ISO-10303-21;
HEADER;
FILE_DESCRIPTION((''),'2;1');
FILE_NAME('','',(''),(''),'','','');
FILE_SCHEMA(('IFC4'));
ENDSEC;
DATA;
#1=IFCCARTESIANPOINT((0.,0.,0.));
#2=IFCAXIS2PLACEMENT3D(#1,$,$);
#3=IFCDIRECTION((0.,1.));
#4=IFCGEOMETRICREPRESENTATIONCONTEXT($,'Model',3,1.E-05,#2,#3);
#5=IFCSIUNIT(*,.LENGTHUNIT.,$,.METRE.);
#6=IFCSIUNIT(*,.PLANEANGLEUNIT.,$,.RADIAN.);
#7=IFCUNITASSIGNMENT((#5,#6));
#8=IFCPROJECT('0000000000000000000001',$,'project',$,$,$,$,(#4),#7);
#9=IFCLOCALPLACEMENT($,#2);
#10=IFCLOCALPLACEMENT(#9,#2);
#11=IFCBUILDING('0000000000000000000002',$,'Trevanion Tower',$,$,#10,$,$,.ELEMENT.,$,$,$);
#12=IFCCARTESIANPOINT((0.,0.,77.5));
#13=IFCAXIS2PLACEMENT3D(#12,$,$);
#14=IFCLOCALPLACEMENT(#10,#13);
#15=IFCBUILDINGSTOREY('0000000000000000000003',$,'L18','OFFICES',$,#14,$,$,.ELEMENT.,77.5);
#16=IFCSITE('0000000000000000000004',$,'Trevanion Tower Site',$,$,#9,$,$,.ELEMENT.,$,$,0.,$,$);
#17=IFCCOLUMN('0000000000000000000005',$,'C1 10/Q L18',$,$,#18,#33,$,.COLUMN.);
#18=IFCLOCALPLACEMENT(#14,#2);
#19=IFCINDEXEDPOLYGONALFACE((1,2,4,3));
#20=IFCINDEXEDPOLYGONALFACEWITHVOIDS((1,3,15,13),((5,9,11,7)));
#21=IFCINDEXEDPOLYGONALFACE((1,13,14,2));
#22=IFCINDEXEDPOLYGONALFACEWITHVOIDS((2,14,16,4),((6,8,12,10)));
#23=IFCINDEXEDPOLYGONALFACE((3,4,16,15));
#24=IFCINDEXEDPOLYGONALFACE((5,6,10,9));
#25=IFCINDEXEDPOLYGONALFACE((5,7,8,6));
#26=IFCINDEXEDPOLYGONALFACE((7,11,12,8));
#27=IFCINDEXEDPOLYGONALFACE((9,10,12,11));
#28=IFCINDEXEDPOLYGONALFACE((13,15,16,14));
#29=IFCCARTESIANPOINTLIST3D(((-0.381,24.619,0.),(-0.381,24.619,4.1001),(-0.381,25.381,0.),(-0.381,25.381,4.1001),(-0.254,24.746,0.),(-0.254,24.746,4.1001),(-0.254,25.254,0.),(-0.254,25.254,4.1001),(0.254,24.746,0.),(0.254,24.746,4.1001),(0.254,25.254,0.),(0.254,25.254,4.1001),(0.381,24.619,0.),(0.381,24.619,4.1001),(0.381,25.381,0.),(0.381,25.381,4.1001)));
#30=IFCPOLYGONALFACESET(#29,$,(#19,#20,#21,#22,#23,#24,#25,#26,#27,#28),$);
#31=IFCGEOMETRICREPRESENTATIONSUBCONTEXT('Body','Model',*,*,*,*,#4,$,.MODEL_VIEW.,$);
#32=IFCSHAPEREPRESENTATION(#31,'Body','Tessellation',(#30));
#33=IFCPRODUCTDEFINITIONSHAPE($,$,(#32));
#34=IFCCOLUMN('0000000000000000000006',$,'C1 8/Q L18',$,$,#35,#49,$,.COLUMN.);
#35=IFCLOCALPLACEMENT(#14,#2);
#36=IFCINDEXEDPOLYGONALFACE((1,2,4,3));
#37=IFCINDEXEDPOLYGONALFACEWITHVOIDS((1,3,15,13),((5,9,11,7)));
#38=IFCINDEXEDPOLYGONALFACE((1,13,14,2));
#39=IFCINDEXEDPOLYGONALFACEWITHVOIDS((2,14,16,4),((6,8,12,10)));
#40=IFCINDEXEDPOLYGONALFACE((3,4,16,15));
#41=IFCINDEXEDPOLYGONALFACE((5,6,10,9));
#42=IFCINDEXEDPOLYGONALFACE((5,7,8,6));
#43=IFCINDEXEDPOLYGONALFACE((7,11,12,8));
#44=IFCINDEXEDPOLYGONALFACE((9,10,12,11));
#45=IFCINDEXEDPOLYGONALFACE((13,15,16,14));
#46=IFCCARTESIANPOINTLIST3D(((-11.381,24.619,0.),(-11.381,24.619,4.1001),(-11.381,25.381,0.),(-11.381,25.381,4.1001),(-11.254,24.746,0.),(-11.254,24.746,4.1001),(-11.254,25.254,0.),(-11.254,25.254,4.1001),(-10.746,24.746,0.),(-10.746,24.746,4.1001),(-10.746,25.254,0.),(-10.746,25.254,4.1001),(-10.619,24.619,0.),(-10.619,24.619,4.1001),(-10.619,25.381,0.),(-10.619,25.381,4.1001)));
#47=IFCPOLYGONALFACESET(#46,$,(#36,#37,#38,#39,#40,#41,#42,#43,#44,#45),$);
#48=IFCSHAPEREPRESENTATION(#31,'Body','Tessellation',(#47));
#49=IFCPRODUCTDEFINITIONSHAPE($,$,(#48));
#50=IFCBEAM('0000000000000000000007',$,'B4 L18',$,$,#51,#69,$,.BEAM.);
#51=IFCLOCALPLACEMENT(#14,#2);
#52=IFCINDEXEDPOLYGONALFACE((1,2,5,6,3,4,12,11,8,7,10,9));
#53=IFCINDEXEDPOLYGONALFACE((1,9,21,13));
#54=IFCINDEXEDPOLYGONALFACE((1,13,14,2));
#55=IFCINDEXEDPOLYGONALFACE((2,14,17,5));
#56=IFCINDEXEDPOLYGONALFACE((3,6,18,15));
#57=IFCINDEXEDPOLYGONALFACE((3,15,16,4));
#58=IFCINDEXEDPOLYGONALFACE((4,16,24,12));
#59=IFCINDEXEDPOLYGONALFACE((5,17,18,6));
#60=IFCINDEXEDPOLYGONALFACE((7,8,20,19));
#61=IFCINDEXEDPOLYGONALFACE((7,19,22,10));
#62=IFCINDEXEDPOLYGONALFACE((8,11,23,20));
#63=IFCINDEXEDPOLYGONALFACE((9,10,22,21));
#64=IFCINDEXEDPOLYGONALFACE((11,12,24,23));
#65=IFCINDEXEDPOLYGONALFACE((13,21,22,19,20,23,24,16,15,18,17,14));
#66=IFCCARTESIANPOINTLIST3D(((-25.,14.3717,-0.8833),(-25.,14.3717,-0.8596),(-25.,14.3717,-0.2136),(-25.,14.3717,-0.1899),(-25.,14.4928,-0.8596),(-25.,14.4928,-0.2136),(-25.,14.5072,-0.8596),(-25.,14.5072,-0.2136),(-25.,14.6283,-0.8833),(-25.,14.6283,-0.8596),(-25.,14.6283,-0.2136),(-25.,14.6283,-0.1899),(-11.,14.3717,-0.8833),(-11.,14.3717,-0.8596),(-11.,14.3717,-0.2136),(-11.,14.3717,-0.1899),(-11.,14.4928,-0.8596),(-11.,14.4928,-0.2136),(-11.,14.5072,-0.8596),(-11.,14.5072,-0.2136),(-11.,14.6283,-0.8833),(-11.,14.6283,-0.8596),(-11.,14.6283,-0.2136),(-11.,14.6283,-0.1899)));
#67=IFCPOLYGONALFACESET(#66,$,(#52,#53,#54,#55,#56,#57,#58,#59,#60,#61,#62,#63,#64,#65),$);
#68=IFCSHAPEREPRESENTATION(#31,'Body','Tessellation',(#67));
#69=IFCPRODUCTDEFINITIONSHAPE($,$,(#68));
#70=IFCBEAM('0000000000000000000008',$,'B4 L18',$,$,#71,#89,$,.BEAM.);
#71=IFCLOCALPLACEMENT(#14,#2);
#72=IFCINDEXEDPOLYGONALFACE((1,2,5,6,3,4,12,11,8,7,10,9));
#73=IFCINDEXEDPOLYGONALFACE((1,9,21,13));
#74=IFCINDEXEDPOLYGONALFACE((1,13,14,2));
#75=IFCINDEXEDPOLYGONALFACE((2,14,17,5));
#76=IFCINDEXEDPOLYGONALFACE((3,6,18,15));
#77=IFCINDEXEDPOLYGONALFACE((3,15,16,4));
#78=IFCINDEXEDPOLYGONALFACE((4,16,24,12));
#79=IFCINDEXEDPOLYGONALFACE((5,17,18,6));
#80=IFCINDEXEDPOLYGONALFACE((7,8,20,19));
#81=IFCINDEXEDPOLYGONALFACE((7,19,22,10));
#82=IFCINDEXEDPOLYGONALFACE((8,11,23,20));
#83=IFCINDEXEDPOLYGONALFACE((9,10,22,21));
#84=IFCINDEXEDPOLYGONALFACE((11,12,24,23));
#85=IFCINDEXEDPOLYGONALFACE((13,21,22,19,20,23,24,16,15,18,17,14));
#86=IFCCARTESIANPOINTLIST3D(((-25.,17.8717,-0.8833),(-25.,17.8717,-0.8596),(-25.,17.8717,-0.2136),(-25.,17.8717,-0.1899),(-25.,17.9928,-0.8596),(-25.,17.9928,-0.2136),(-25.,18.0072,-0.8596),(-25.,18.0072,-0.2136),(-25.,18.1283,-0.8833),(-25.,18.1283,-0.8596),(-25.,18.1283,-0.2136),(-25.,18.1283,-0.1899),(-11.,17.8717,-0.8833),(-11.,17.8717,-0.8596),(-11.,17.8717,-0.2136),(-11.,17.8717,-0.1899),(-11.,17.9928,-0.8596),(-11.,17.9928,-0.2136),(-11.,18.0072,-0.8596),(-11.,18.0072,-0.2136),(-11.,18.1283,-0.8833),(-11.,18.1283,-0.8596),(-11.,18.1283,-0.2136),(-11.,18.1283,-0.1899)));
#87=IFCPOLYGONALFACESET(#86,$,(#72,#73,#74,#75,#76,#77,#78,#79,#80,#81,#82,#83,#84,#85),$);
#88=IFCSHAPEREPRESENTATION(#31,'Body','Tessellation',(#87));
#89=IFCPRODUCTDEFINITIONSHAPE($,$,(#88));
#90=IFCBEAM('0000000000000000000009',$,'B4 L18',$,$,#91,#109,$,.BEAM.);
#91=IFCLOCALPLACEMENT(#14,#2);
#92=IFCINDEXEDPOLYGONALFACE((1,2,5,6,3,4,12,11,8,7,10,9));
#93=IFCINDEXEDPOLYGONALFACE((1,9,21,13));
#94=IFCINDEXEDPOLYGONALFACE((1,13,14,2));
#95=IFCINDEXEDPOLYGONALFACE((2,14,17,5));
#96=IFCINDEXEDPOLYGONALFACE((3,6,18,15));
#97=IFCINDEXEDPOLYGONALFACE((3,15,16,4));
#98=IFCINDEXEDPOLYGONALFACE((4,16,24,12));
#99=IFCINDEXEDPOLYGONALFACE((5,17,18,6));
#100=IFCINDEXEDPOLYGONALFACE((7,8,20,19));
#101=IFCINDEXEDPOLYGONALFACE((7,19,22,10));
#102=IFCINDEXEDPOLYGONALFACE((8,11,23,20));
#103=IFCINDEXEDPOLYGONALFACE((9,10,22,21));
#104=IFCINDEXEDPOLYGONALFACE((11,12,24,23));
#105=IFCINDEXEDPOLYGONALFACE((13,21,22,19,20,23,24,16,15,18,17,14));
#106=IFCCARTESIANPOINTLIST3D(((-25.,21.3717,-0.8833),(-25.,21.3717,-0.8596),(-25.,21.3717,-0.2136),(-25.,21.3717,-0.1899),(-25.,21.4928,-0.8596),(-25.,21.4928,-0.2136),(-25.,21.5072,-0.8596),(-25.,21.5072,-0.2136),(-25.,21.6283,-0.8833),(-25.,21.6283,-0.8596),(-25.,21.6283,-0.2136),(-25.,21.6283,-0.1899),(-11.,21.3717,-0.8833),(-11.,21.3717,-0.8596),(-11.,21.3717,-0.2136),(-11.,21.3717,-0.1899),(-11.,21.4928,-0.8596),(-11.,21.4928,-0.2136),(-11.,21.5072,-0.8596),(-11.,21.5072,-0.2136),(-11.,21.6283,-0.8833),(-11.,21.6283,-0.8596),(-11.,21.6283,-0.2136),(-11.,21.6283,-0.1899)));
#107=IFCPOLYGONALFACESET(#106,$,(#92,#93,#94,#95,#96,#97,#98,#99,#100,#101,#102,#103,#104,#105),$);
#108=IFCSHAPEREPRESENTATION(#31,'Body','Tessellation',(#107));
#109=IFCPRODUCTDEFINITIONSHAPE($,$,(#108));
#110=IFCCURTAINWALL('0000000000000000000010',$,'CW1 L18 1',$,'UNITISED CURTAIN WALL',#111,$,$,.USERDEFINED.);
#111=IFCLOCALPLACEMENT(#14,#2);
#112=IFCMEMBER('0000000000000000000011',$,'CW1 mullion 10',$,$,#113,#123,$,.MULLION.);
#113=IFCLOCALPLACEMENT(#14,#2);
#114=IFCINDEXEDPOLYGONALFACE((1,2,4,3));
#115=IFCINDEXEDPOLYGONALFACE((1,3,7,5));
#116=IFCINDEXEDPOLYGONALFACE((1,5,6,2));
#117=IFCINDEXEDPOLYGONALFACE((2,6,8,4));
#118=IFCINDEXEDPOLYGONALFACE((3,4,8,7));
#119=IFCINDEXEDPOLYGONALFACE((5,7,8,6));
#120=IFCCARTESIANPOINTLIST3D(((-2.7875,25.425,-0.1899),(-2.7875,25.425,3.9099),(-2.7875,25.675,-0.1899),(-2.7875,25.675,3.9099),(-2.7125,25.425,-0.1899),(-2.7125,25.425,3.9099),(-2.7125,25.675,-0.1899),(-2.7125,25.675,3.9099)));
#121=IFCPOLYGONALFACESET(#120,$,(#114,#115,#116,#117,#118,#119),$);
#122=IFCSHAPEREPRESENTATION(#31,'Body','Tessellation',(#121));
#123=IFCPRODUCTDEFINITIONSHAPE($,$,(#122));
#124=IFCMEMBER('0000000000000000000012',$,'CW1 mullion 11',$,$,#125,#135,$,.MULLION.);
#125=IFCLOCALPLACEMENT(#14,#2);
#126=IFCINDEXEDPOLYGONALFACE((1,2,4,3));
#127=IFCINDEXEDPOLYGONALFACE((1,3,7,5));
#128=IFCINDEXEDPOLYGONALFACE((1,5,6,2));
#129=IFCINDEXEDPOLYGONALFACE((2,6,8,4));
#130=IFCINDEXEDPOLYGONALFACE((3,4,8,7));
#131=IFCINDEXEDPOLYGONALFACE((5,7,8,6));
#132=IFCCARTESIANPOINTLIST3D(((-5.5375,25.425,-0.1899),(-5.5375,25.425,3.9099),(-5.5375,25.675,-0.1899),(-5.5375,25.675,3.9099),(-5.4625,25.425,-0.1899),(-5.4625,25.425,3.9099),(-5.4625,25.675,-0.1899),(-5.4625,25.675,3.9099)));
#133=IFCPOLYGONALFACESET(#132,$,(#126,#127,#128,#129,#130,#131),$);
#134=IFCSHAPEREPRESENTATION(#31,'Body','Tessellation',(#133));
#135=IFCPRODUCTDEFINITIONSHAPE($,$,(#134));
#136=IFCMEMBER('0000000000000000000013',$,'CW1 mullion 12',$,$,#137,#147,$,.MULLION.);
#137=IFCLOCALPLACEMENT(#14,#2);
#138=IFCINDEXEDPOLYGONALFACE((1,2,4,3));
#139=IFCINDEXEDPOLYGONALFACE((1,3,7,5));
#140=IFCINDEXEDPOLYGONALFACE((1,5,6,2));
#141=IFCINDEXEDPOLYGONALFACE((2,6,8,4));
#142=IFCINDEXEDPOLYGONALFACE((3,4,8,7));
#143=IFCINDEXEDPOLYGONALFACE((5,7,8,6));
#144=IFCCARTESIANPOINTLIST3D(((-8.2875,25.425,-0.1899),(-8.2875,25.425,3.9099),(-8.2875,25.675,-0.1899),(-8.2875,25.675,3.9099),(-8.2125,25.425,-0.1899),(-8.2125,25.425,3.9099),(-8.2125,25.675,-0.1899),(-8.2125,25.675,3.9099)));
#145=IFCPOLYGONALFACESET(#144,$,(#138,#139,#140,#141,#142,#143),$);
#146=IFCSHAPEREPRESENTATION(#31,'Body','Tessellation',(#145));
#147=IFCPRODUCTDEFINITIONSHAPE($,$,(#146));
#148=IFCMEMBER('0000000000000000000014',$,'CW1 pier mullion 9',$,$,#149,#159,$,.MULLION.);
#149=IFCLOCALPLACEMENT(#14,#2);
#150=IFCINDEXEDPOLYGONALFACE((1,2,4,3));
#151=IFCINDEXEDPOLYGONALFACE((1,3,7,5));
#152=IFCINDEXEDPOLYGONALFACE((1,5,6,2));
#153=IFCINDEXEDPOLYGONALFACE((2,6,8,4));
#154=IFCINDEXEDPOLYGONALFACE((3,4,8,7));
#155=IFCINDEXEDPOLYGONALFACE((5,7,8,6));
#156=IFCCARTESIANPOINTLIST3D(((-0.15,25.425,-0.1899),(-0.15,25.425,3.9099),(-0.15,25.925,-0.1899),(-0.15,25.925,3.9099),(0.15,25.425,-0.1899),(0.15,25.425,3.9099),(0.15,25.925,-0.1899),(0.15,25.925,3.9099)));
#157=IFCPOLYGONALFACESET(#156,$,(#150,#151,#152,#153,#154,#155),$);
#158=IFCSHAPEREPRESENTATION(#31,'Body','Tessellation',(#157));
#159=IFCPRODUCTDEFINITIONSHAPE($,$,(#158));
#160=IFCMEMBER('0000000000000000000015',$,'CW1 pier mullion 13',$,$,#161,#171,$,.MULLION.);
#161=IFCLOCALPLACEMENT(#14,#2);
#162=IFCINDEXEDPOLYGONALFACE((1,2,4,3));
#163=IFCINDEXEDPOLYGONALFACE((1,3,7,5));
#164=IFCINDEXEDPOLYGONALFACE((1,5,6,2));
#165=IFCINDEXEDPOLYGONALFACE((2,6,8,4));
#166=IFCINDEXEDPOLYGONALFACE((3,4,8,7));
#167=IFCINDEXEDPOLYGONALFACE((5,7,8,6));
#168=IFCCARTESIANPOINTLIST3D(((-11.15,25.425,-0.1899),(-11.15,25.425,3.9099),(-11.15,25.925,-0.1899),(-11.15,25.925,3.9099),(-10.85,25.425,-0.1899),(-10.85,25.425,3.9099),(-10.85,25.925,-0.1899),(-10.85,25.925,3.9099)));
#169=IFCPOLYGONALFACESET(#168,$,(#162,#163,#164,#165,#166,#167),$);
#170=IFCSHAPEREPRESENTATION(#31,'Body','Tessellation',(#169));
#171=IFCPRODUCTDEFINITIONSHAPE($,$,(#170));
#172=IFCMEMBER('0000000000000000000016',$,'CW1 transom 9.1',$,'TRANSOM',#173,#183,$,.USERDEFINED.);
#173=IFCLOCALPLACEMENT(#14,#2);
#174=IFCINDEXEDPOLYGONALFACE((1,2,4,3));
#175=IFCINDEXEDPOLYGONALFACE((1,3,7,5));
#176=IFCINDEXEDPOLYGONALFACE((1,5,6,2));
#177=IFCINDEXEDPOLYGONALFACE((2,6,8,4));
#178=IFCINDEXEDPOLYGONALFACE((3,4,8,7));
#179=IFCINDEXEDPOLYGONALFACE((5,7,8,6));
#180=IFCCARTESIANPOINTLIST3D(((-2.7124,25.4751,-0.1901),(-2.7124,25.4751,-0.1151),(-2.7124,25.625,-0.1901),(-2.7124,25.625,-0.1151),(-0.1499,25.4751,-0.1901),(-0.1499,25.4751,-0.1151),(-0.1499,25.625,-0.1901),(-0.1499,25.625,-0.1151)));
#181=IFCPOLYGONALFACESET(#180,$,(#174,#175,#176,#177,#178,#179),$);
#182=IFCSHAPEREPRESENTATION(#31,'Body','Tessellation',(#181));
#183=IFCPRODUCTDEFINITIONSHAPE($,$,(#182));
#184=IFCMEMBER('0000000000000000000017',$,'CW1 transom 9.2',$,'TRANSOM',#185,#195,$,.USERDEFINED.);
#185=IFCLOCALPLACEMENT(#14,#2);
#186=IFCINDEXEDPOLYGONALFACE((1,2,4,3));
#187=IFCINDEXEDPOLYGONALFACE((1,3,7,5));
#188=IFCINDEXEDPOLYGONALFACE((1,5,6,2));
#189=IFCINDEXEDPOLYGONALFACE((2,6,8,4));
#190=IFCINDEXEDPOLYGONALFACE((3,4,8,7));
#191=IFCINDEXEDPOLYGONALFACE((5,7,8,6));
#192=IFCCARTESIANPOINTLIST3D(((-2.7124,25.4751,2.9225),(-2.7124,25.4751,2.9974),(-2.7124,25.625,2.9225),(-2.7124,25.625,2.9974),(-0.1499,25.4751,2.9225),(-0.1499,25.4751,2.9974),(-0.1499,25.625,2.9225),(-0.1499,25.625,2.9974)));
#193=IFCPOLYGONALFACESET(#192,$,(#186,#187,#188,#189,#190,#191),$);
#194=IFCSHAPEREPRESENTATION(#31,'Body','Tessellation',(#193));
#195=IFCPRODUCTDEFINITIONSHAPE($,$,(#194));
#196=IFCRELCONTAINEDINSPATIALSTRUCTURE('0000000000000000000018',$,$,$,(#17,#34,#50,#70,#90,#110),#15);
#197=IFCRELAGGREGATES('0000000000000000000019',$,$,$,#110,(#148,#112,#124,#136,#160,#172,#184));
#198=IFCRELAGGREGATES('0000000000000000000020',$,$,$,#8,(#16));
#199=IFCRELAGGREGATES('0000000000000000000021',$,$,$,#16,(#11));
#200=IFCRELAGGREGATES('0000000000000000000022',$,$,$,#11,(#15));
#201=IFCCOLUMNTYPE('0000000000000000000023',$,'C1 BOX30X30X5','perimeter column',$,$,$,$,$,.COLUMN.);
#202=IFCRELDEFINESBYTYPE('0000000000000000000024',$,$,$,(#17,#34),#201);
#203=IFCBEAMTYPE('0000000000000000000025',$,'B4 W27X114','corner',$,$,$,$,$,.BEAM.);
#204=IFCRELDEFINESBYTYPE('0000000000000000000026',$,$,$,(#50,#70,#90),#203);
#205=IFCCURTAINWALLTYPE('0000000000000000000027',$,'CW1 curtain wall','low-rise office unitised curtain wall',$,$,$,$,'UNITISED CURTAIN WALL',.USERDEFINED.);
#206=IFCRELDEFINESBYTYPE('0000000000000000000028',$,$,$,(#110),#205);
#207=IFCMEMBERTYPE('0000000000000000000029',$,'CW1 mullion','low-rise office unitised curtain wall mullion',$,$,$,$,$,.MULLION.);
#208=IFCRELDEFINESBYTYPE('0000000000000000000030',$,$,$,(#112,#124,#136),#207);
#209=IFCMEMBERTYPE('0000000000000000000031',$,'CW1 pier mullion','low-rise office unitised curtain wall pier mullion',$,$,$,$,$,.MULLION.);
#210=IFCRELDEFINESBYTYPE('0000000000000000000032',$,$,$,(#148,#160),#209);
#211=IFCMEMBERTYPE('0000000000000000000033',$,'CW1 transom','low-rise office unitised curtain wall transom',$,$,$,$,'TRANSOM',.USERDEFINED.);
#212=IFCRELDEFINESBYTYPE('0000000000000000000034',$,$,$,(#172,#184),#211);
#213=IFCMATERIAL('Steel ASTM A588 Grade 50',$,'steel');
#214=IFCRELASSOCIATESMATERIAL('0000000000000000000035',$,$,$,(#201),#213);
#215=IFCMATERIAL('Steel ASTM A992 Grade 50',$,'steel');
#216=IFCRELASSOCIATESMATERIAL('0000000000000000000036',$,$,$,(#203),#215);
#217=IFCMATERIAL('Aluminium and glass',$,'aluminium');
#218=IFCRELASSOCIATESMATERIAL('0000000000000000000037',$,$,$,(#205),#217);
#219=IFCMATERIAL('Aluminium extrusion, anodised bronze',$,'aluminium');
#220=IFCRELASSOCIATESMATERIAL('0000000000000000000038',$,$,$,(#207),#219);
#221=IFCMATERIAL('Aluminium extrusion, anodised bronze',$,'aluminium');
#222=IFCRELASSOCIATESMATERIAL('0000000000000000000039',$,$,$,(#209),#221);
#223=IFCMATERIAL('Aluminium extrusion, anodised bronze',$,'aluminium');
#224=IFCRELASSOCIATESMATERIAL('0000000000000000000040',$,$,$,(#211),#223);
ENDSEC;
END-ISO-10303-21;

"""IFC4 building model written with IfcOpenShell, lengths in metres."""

from ifc_helpers import new_model, si_unit, direction, frame, origin, origin_2d, place, context, subcontext, project, spatial, rectangle, hollow_rectangle, i_section, extrude, material, material_profile, profile_set, type_object, element, aggregate, save


model = new_model("IFC4")

# Units and contexts
model_context = context("Model", 3, precision=1e-05, world=origin(), true_north=direction((0.0, 1.0)))
body_context = subcontext(model_context, "Body", "Model", "MODEL_VIEW")
ifc_project = project(units=[si_unit("LENGTHUNIT", "METRE"), si_unit("PLANEANGLEUNIT", "RADIAN")], contexts=[model_context])

# Site, building, storey
site_placement = place(None, origin())
site = spatial("IfcSite", under=ifc_project, at=site_placement, Name="Trevanion Tower Site", CompositionType="ELEMENT", RefElevation=0.0)
building_placement = place(site_placement, origin())
building = spatial("IfcBuilding", under=site, at=building_placement, Name="Trevanion Tower", CompositionType="ELEMENT")
storey_placement = place(building_placement, frame((0.0, 0.0, 77.5)))
storey = spatial("IfcBuildingStorey", under=building, at=storey_placement, Name="L18", Description="OFFICES", CompositionType="ELEMENT", Elevation=77.5)

# Columns
ifc_material_1 = material(Name="Steel ASTM A588 Grade 50", Category="steel")
ifc_material_profile_1 = material_profile(ifc_material_1, hollow_rectangle(XDim=0.762, YDim=0.762, WallThickness=0.127, at=origin_2d()), Name="BOX30X30X5")
ifc_profile_set_1 = profile_set([ifc_material_profile_1], Name="Steel ASTM A588 Grade 50")
column_type = type_object("IfcColumnType", Name="C1 BOX30X30X5", Description="perimeter column", PredefinedType="COLUMN", material=ifc_profile_set_1)
for number, where, z_axis, x_axis, name in (
    (1, (0.0, 25.0, 0.0), (0.0, 0.0, 1.0), (1.0, 0.0, 0.0), "C1 10/Q L18"),
    (2, (-11.0, 25.0, 0.0), (0.0, 0.0, 1.0), (1.0, 0.0, 0.0), "C1 8/Q L18"),
):
    element("IfcColumn", number, at=place(storey_placement, frame(where, z_axis=z_axis, x_axis=x_axis)), inside=storey, type_object=column_type, Name=name, PredefinedType="COLUMN", context=body_context, shape_type="SweptSolid", body=[
        extrude(hollow_rectangle(XDim=0.762, YDim=0.762, WallThickness=0.127, at=origin_2d()), origin(), (0.0, 0.0, 1.0), 4.1001),
    ])

# Beams
ifc_material_2 = material(Name="Steel ASTM A992 Grade 50", Category="steel")
ifc_material_profile_2 = material_profile(ifc_material_2, i_section(OverallWidth=0.2566, OverallDepth=0.6934, WebThickness=0.0144, FlangeThickness=0.0237, at=origin_2d()), Name="W27X114")
ifc_profile_set_2 = profile_set([ifc_material_profile_2], Name="Steel ASTM A992 Grade 50")
beam_type_1 = type_object("IfcBeamType", Name="B4 W27X114", Description="corner", PredefinedType="BEAM", material=ifc_profile_set_2)
for number, where, z_axis, x_axis, name in (
    (3, (-11.0, 14.5, -0.5366), (-1.0, 0.0, 0.0), (0.0, -1.0, 0.0), "B4 L18"),
    (4, (-11.0, 18.0, -0.5366), (-1.0, 0.0, 0.0), (0.0, -1.0, 0.0), "B4 L18"),
    (5, (-11.0, 21.5, -0.5366), (-1.0, 0.0, 0.0), (0.0, -1.0, 0.0), "B4 L18"),
):
    element("IfcBeam", number, at=place(storey_placement, frame(where, z_axis=z_axis, x_axis=x_axis)), inside=storey, type_object=beam_type_1, Name=name, PredefinedType="BEAM", context=body_context, shape_type="SweptSolid", body=[
        extrude(i_section(OverallWidth=0.2566, OverallDepth=0.6934, WebThickness=0.0144, FlangeThickness=0.0237, at=origin_2d()), origin(), (0.0, 0.0, 1.0), 14.0),
    ])

# Curtain wall, members
ifc_material_3 = material(Name="Aluminium and glass", Category="aluminium")
curtain_wall_type = type_object("IfcCurtainWallType", Name="CW1 curtain wall", Description="low-rise office unitised curtain wall", ElementType="UNITISED CURTAIN WALL", PredefinedType="USERDEFINED", material=ifc_material_3)
curtain_wall_placement = place(storey_placement, origin())
curtain_wall = element("IfcCurtainWall", 6, at=curtain_wall_placement, inside=storey, type_object=curtain_wall_type, Name="CW1 L18 1", ObjectType="UNITISED CURTAIN WALL", PredefinedType="USERDEFINED")
ifc_material_4 = material(Name="Aluminium extrusion, anodised bronze", Category="aluminium")
ifc_material_profile_3 = material_profile(ifc_material_4, rectangle(XDim=0.075, YDim=0.25, at=origin_2d()), Name="CW1 mullion")
ifc_profile_set_3 = profile_set([ifc_material_profile_3], Name="Aluminium extrusion, anodised bronze")
member_type_1 = type_object("IfcMemberType", Name="CW1 mullion", Description="low-rise office unitised curtain wall mullion", PredefinedType="MULLION", material=ifc_profile_set_3)
member_1_placement = place(storey_placement, frame((-2.75, 25.55, -0.1899), z_axis=(0.0, 0.0, 1.0), x_axis=(-1.0, 0.0, 0.0)))
member_1 = element("IfcMember", 7, at=member_1_placement, type_object=member_type_1, Name="CW1 mullion 10", PredefinedType="MULLION", context=body_context, shape_type="SweptSolid", body=[
    extrude(rectangle(XDim=0.075, YDim=0.25, at=origin_2d()), origin(), (0.0, 0.0, 1.0), 4.0999),
])
member_2_placement = place(storey_placement, frame((-5.5, 25.55, -0.1899), z_axis=(0.0, 0.0, 1.0), x_axis=(-1.0, 0.0, 0.0)))
member_2 = element("IfcMember", 8, at=member_2_placement, type_object=member_type_1, Name="CW1 mullion 11", PredefinedType="MULLION", context=body_context, shape_type="SweptSolid", body=[
    extrude(rectangle(XDim=0.075, YDim=0.25, at=origin_2d()), origin(), (0.0, 0.0, 1.0), 4.0999),
])
member_3_placement = place(storey_placement, frame((-8.25, 25.55, -0.1899), z_axis=(0.0, 0.0, 1.0), x_axis=(-1.0, 0.0, 0.0)))
member_3 = element("IfcMember", 9, at=member_3_placement, type_object=member_type_1, Name="CW1 mullion 12", PredefinedType="MULLION", context=body_context, shape_type="SweptSolid", body=[
    extrude(rectangle(XDim=0.075, YDim=0.25, at=origin_2d()), origin(), (0.0, 0.0, 1.0), 4.0999),
])
ifc_material_5 = material(Name="Aluminium extrusion, anodised bronze", Category="aluminium")
ifc_material_profile_4 = material_profile(ifc_material_5, rectangle(XDim=0.3, YDim=0.5, at=origin_2d()), Name="CW1 pier mullion")
ifc_profile_set_4 = profile_set([ifc_material_profile_4], Name="Aluminium extrusion, anodised bronze")
member_type_2 = type_object("IfcMemberType", Name="CW1 pier mullion", Description="low-rise office unitised curtain wall pier mullion", PredefinedType="MULLION", material=ifc_profile_set_4)
member_4_placement = place(storey_placement, frame((0.0, 25.675, -0.1899), z_axis=(0.0, 0.0, 1.0), x_axis=(-1.0, 0.0, 0.0)))
member_4 = element("IfcMember", 10, at=member_4_placement, type_object=member_type_2, Name="CW1 pier mullion 9", PredefinedType="MULLION", context=body_context, shape_type="SweptSolid", body=[
    extrude(rectangle(XDim=0.3, YDim=0.5, at=origin_2d()), origin(), (0.0, 0.0, 1.0), 4.0999),
])
member_5_placement = place(storey_placement, frame((-11.0, 25.675, -0.1899), z_axis=(0.0, 0.0, 1.0), x_axis=(-1.0, 0.0, 0.0)))
member_5 = element("IfcMember", 11, at=member_5_placement, type_object=member_type_2, Name="CW1 pier mullion 13", PredefinedType="MULLION", context=body_context, shape_type="SweptSolid", body=[
    extrude(rectangle(XDim=0.3, YDim=0.5, at=origin_2d()), origin(), (0.0, 0.0, 1.0), 4.0999),
])
ifc_material_6 = material(Name="Aluminium extrusion, anodised bronze", Category="aluminium")
ifc_material_profile_5 = material_profile(ifc_material_6, rectangle(XDim=0.1499, YDim=0.075, at=origin_2d()), Name="CW1 transom")
ifc_profile_set_5 = profile_set([ifc_material_profile_5], Name="Aluminium extrusion, anodised bronze")
member_type_3 = type_object("IfcMemberType", Name="CW1 transom", Description="low-rise office unitised curtain wall transom", ElementType="TRANSOM", PredefinedType="USERDEFINED", material=ifc_profile_set_5)
member_6_placement = place(storey_placement, frame((-0.1499, 25.55, -0.1526), z_axis=(-1.0, 0.0, 0.0), x_axis=(0.0, -1.0, 0.0)))
member_6 = element("IfcMember", 12, at=member_6_placement, type_object=member_type_3, Name="CW1 transom 9.1", ObjectType="TRANSOM", PredefinedType="USERDEFINED", context=body_context, shape_type="SweptSolid", body=[
    extrude(rectangle(XDim=0.1499, YDim=0.075, at=origin_2d()), origin(), (0.0, 0.0, 1.0), 2.5625),
])
member_7_placement = place(storey_placement, frame((-0.1499, 25.55, 2.96), z_axis=(-1.0, 0.0, 0.0), x_axis=(0.0, -1.0, 0.0)))
member_7 = element("IfcMember", 13, at=member_7_placement, type_object=member_type_3, Name="CW1 transom 9.2", ObjectType="TRANSOM", PredefinedType="USERDEFINED", context=body_context, shape_type="SweptSolid", body=[
    extrude(rectangle(XDim=0.1499, YDim=0.075, at=origin_2d()), origin(), (0.0, 0.0, 1.0), 2.5625),
])

aggregate(curtain_wall, [member_4, member_1, member_2, member_3, member_5, member_6, member_7])

save(model, "model.ifc")
